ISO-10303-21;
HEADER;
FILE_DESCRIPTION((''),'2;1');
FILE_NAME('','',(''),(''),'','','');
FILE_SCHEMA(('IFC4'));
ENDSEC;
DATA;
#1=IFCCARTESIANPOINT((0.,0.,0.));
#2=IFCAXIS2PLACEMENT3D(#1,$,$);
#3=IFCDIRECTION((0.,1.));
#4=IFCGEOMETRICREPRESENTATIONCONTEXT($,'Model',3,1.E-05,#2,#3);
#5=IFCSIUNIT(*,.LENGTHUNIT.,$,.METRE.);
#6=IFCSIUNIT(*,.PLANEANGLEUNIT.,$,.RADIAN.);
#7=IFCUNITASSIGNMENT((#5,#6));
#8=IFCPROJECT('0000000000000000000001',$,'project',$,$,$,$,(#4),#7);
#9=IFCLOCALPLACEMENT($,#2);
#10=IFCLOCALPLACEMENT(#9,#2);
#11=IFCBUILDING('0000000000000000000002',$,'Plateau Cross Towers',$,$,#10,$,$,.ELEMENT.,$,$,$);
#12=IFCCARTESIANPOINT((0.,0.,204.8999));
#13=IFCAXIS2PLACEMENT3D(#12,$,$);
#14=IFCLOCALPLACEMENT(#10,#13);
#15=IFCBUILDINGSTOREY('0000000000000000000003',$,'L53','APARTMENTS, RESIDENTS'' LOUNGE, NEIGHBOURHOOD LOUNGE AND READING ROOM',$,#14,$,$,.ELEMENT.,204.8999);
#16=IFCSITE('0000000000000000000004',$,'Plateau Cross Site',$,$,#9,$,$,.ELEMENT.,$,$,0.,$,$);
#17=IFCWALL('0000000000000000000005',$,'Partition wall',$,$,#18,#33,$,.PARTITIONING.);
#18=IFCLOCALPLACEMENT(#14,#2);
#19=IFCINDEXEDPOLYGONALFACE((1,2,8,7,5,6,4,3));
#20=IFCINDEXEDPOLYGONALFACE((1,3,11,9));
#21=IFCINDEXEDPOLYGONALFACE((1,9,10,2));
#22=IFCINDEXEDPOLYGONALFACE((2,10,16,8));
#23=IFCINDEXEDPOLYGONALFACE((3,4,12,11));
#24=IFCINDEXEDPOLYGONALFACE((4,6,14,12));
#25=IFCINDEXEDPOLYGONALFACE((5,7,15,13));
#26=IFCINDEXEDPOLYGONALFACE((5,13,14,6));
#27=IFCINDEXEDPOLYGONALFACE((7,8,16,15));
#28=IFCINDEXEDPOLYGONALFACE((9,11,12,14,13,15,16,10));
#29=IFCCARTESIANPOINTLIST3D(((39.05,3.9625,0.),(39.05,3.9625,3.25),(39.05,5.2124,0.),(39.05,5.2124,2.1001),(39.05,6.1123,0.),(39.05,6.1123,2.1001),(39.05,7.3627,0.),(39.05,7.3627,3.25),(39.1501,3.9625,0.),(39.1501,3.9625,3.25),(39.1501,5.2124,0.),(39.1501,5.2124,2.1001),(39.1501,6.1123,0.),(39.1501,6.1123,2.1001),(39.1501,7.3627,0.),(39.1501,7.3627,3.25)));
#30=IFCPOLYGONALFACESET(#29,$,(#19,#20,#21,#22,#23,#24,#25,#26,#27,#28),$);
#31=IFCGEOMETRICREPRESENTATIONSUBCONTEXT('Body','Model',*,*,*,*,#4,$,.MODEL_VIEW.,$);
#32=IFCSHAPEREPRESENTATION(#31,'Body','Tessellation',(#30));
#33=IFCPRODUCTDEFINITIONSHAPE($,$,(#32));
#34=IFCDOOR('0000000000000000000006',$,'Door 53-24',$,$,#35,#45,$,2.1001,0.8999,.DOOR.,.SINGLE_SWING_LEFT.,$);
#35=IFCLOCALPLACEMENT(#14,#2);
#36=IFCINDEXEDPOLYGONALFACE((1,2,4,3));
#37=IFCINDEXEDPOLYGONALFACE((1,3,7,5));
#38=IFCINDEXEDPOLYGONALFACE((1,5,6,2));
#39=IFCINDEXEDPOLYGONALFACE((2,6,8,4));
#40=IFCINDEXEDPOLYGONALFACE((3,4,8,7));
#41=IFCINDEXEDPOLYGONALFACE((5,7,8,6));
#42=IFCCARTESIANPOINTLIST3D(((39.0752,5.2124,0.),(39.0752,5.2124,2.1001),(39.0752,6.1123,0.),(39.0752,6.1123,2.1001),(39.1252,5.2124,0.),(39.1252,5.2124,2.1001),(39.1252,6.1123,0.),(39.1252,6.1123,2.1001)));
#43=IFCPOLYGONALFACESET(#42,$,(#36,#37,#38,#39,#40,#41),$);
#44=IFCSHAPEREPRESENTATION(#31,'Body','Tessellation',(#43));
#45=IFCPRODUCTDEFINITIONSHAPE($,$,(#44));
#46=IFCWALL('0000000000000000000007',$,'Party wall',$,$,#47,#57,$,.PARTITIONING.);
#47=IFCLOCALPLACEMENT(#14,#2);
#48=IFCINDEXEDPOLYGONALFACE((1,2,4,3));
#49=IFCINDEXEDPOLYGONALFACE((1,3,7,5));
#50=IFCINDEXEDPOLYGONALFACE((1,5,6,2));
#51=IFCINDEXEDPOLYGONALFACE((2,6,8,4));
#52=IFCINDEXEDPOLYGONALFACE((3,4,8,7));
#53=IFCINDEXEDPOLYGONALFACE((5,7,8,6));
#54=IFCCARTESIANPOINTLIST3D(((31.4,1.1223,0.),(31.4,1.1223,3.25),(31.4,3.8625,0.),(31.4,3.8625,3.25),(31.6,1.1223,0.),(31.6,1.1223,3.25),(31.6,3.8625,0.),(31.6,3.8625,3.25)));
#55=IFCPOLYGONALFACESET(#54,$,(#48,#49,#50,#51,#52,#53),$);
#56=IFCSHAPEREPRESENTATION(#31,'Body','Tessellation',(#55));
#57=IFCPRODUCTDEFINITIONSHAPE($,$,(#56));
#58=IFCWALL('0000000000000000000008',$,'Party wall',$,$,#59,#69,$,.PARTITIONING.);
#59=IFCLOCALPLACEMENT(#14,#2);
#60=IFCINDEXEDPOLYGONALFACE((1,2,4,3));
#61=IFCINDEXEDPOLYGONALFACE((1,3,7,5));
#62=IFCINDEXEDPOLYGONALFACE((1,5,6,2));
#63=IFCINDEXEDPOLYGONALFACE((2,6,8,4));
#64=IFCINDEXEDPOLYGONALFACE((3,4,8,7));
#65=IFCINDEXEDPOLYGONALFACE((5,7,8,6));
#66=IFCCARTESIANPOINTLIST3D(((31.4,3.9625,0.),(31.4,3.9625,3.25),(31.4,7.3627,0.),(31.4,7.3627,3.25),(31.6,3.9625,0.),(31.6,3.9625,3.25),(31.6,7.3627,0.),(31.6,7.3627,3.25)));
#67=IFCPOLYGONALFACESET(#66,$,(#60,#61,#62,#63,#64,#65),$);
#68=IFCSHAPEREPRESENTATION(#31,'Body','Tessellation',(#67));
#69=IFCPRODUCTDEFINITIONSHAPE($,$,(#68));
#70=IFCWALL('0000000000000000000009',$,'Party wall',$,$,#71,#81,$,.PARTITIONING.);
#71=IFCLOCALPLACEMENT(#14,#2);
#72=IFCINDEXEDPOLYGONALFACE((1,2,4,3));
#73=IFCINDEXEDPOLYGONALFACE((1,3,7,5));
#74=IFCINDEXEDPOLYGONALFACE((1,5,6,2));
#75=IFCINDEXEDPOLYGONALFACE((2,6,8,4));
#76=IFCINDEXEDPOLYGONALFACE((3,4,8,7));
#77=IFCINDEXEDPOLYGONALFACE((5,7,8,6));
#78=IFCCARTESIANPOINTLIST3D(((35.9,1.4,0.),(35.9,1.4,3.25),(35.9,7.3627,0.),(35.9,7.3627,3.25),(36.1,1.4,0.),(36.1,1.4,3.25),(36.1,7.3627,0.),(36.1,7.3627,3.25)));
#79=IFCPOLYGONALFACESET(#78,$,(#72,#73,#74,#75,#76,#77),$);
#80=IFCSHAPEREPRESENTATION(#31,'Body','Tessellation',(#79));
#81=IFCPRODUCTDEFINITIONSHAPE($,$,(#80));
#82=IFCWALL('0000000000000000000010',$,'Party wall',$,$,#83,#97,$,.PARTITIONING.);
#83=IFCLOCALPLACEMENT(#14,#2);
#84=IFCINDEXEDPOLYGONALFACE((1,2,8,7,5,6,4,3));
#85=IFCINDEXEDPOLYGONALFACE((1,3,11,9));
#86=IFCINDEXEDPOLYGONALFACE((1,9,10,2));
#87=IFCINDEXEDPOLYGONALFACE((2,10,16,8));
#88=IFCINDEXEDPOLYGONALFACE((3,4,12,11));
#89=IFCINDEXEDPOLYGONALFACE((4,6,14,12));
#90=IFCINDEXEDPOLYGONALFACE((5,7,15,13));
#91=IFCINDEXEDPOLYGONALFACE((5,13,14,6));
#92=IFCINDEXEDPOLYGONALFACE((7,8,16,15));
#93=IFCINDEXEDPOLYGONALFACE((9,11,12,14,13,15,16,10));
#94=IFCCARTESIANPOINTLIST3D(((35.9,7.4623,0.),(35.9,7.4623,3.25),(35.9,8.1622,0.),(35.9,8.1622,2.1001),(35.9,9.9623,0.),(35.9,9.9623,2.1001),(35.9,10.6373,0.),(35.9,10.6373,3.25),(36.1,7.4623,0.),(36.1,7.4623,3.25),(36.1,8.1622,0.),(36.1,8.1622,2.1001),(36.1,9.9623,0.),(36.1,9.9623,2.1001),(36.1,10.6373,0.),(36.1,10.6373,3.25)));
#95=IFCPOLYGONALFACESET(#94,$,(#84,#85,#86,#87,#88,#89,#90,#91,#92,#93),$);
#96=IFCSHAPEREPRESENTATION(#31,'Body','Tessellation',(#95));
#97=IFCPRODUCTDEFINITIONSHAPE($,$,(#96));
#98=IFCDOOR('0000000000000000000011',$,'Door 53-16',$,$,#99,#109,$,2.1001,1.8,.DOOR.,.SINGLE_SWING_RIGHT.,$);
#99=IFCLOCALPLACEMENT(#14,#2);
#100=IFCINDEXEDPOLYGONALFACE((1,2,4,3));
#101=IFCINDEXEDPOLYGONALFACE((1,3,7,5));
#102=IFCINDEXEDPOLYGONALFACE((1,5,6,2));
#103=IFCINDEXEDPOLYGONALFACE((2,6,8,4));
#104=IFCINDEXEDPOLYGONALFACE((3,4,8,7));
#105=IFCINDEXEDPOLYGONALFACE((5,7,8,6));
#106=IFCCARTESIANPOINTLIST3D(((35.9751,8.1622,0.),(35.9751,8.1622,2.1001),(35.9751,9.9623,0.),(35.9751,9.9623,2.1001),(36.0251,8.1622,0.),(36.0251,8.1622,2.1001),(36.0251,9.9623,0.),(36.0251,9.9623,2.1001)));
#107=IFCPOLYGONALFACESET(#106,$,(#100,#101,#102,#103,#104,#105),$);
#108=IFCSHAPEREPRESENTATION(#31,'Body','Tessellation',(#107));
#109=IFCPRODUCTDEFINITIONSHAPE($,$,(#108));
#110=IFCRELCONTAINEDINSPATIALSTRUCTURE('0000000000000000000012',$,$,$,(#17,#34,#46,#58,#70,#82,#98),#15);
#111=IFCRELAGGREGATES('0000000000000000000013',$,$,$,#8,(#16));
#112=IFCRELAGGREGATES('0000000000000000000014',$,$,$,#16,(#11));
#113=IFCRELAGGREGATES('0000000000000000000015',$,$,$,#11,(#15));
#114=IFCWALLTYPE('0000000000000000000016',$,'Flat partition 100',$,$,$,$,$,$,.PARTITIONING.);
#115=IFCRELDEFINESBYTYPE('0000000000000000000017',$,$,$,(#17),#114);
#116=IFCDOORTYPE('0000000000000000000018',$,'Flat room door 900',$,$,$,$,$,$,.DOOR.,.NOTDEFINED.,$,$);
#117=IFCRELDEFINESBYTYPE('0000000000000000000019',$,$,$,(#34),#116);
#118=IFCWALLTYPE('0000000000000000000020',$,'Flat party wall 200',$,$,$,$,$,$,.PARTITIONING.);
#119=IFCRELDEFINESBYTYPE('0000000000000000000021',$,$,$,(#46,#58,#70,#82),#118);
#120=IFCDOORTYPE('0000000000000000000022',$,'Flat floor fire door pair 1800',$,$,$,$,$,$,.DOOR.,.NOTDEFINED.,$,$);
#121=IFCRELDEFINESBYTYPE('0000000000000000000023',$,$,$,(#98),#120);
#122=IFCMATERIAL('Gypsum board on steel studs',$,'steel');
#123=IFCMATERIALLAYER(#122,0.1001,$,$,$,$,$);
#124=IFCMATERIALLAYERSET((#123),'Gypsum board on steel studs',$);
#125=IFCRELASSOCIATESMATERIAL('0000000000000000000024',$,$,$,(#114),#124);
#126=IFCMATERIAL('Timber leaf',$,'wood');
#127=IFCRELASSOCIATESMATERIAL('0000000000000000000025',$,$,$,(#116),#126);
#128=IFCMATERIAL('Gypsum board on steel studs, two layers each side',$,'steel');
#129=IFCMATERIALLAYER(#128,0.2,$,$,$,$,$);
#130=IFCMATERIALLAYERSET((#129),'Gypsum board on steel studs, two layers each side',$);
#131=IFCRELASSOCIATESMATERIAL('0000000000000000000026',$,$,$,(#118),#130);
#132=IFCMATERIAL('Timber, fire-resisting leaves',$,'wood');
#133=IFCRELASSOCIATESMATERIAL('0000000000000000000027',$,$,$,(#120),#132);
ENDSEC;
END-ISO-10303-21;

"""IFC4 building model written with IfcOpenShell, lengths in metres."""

from ifc_helpers import new_model, si_unit, direction, frame, frame_2d, origin, place, context, subcontext, project, spatial, rectangle, extrude, material, layer, layer_set, type_object, element, fill, save


model = new_model("IFC4")

# Units and contexts
model_context = context("Model", 3, precision=1e-05, world=origin(), true_north=direction((0.0, 1.0)))
body_context = subcontext(model_context, "Body", "Model", "MODEL_VIEW")
ifc_project = project(units=[si_unit("LENGTHUNIT", "METRE"), si_unit("PLANEANGLEUNIT", "RADIAN")], contexts=[model_context])

# Site, building, storey
site_placement = place(None, origin())
site = spatial("IfcSite", under=ifc_project, at=site_placement, Name="Plateau Cross Site", CompositionType="ELEMENT", RefElevation=0.0)
building_placement = place(site_placement, origin())
building = spatial("IfcBuilding", under=site, at=building_placement, Name="Plateau Cross Towers", CompositionType="ELEMENT")
storey_placement = place(building_placement, frame((0.0, 0.0, 204.8999)))
storey = spatial("IfcBuildingStorey", under=building, at=storey_placement, Name="L53", Description="APARTMENTS, RESIDENTS' LOUNGE, NEIGHBOURHOOD LOUNGE AND READING ROOM", CompositionType="ELEMENT", Elevation=204.8999)

# Shared definitions
ifc_material_1 = material(Name="Gypsum board on steel studs", Category="steel")
ifc_layer_1 = layer(ifc_material_1, 0.1001)
ifc_layer_set_1 = layer_set([ifc_layer_1], Name="Gypsum board on steel studs")
wall_type_1 = type_object("IfcWallType", Name="Flat partition 100", PredefinedType="PARTITIONING", material=ifc_layer_set_1)
ifc_material_2 = material(Name="Timber leaf", Category="wood")
door_type_1 = type_object("IfcDoorType", Name="Flat room door 900", OperationType="NOTDEFINED", PredefinedType="DOOR", material=ifc_material_2)

# Wall, opening, door
wall_1_placement = place(storey_placement, frame((39.1001, 3.9624, 0.0), z_axis=(0.0, 0.0, 1.0), x_axis=(0.0, 1.0, 0.0)))
wall_1 = element("IfcWall", 1, at=wall_1_placement, inside=storey, type_object=wall_type_1, Name="Partition wall", PredefinedType="PARTITIONING", context=body_context, shape_type="SweptSolid", body=[
    extrude(rectangle(XDim=3.4001, YDim=0.1001, at=frame_2d((1.7002, 0.0))), origin(), (0.0, 0.0, 1.0), 3.25),
])
opening_1_placement = place(wall_1_placement, frame((1.25, 0.0, 0.0)))
opening_1 = element("IfcOpeningElement", 2, at=opening_1_placement, cuts=wall_1, PredefinedType="OPENING", context=body_context, shape_type="SweptSolid", body=[
    extrude(rectangle(XDim=0.8999, YDim=2.1001, at=frame_2d((0.45, 1.05))), frame((0.0, 0.0601, 0.0), z_axis=(0.0, -1.0, 0.0), x_axis=(1.0, 0.0, 0.0)), (0.0, 0.0, 1.0), 0.1201),
])
door_1_placement = place(opening_1_placement, origin())
door_1 = element("IfcDoor", 3, at=door_1_placement, inside=storey, type_object=door_type_1, Name="Door 53-24", OperationType="SINGLE_SWING_LEFT", OverallHeight=2.1001, OverallWidth=0.8999, PredefinedType="DOOR", context=body_context, shape_type="SweptSolid", body=[
    extrude(rectangle(XDim=0.8999, YDim=2.1001, at=frame_2d((0.45, 1.05))), frame((0.0, 0.0249, 0.0), z_axis=(0.0, -1.0, 0.0), x_axis=(1.0, 0.0, 0.0)), (0.0, 0.0, 1.0), 0.05),
])
fill(opening_1, door_1)

# Walls
ifc_material_3 = material(Name="Gypsum board on steel studs, two layers each side", Category="steel")
ifc_layer_2 = layer(ifc_material_3, 0.2)
ifc_layer_set_2 = layer_set([ifc_layer_2], Name="Gypsum board on steel studs, two layers each side")
wall_type_2 = type_object("IfcWallType", Name="Flat party wall 200", PredefinedType="PARTITIONING", material=ifc_layer_set_2)
wall_2_placement = place(storey_placement, frame((31.5, 3.8625, 0.0), z_axis=(0.0, 0.0, 1.0), x_axis=(0.0, -1.0, 0.0)))
element("IfcWall", 4, at=wall_2_placement, inside=storey, type_object=wall_type_2, Name="Party wall", PredefinedType="PARTITIONING", context=body_context, shape_type="SweptSolid", body=[
    extrude(rectangle(XDim=2.7402, YDim=0.2, at=frame_2d((1.3701, 0.0))), origin(), (0.0, 0.0, 1.0), 3.25),
])
wall_3_placement = place(storey_placement, frame((31.5, 3.9624, 0.0), z_axis=(0.0, 0.0, 1.0), x_axis=(0.0, 1.0, 0.0)))
element("IfcWall", 5, at=wall_3_placement, inside=storey, type_object=wall_type_2, Name="Party wall", PredefinedType="PARTITIONING", context=body_context, shape_type="SweptSolid", body=[
    extrude(rectangle(XDim=3.4001, YDim=0.2, at=frame_2d((1.7002, 0.0))), origin(), (0.0, 0.0, 1.0), 3.25),
])
wall_4_placement = place(storey_placement, frame((36.0, 1.3999, 0.0), z_axis=(0.0, 0.0, 1.0), x_axis=(0.0, 1.0, 0.0)))
element("IfcWall", 6, at=wall_4_placement, inside=storey, type_object=wall_type_2, Name="Party wall", PredefinedType="PARTITIONING", context=body_context, shape_type="SweptSolid", body=[
    extrude(rectangle(XDim=5.9626, YDim=0.2, at=frame_2d((2.9814, 0.0))), origin(), (0.0, 0.0, 1.0), 3.25),
])

# Wall, opening, door
wall_5_placement = place(storey_placement, frame((36.0, 7.4624, 0.0), z_axis=(0.0, 0.0, 1.0), x_axis=(0.0, 1.0, 0.0)))
wall_5 = element("IfcWall", 7, at=wall_5_placement, inside=storey, type_object=wall_type_2, Name="Party wall", PredefinedType="PARTITIONING", context=body_context, shape_type="SweptSolid", body=[
    extrude(rectangle(XDim=3.175, YDim=0.2, at=frame_2d((1.5874, 0.0))), origin(), (0.0, 0.0, 1.0), 3.25),
])
opening_2_placement = place(wall_5_placement, frame((0.7, 0.0, 0.0)))
opening_2 = element("IfcOpeningElement", 8, at=opening_2_placement, cuts=wall_5, PredefinedType="OPENING", context=body_context, shape_type="SweptSolid", body=[
    extrude(rectangle(XDim=1.8, YDim=2.1001, at=frame_2d((0.8999, 1.05))), frame((0.0, 0.1099, 0.0), z_axis=(0.0, -1.0, 0.0), x_axis=(1.0, 0.0, 0.0)), (0.0, 0.0, 1.0), 0.22),
])
ifc_material_4 = material(Name="Timber, fire-resisting leaves", Category="wood")
door_type_2 = type_object("IfcDoorType", Name="Flat floor fire door pair 1800", OperationType="NOTDEFINED", PredefinedType="DOOR", material=ifc_material_4)
door_2_placement = place(opening_2_placement, origin())
door_2 = element("IfcDoor", 9, at=door_2_placement, inside=storey, type_object=door_type_2, Name="Door 53-16", OperationType="SINGLE_SWING_RIGHT", OverallHeight=2.1001, OverallWidth=1.8, PredefinedType="DOOR", context=body_context, shape_type="SweptSolid", body=[
    extrude(rectangle(XDim=1.8, YDim=2.1001, at=frame_2d((0.8999, 1.05))), frame((0.0, 0.0249, 0.0), z_axis=(0.0, -1.0, 0.0), x_axis=(1.0, 0.0, 0.0)), (0.0, 0.0, 1.0), 0.05),
])
fill(opening_2, door_2)

save(model, "model.ifc")
